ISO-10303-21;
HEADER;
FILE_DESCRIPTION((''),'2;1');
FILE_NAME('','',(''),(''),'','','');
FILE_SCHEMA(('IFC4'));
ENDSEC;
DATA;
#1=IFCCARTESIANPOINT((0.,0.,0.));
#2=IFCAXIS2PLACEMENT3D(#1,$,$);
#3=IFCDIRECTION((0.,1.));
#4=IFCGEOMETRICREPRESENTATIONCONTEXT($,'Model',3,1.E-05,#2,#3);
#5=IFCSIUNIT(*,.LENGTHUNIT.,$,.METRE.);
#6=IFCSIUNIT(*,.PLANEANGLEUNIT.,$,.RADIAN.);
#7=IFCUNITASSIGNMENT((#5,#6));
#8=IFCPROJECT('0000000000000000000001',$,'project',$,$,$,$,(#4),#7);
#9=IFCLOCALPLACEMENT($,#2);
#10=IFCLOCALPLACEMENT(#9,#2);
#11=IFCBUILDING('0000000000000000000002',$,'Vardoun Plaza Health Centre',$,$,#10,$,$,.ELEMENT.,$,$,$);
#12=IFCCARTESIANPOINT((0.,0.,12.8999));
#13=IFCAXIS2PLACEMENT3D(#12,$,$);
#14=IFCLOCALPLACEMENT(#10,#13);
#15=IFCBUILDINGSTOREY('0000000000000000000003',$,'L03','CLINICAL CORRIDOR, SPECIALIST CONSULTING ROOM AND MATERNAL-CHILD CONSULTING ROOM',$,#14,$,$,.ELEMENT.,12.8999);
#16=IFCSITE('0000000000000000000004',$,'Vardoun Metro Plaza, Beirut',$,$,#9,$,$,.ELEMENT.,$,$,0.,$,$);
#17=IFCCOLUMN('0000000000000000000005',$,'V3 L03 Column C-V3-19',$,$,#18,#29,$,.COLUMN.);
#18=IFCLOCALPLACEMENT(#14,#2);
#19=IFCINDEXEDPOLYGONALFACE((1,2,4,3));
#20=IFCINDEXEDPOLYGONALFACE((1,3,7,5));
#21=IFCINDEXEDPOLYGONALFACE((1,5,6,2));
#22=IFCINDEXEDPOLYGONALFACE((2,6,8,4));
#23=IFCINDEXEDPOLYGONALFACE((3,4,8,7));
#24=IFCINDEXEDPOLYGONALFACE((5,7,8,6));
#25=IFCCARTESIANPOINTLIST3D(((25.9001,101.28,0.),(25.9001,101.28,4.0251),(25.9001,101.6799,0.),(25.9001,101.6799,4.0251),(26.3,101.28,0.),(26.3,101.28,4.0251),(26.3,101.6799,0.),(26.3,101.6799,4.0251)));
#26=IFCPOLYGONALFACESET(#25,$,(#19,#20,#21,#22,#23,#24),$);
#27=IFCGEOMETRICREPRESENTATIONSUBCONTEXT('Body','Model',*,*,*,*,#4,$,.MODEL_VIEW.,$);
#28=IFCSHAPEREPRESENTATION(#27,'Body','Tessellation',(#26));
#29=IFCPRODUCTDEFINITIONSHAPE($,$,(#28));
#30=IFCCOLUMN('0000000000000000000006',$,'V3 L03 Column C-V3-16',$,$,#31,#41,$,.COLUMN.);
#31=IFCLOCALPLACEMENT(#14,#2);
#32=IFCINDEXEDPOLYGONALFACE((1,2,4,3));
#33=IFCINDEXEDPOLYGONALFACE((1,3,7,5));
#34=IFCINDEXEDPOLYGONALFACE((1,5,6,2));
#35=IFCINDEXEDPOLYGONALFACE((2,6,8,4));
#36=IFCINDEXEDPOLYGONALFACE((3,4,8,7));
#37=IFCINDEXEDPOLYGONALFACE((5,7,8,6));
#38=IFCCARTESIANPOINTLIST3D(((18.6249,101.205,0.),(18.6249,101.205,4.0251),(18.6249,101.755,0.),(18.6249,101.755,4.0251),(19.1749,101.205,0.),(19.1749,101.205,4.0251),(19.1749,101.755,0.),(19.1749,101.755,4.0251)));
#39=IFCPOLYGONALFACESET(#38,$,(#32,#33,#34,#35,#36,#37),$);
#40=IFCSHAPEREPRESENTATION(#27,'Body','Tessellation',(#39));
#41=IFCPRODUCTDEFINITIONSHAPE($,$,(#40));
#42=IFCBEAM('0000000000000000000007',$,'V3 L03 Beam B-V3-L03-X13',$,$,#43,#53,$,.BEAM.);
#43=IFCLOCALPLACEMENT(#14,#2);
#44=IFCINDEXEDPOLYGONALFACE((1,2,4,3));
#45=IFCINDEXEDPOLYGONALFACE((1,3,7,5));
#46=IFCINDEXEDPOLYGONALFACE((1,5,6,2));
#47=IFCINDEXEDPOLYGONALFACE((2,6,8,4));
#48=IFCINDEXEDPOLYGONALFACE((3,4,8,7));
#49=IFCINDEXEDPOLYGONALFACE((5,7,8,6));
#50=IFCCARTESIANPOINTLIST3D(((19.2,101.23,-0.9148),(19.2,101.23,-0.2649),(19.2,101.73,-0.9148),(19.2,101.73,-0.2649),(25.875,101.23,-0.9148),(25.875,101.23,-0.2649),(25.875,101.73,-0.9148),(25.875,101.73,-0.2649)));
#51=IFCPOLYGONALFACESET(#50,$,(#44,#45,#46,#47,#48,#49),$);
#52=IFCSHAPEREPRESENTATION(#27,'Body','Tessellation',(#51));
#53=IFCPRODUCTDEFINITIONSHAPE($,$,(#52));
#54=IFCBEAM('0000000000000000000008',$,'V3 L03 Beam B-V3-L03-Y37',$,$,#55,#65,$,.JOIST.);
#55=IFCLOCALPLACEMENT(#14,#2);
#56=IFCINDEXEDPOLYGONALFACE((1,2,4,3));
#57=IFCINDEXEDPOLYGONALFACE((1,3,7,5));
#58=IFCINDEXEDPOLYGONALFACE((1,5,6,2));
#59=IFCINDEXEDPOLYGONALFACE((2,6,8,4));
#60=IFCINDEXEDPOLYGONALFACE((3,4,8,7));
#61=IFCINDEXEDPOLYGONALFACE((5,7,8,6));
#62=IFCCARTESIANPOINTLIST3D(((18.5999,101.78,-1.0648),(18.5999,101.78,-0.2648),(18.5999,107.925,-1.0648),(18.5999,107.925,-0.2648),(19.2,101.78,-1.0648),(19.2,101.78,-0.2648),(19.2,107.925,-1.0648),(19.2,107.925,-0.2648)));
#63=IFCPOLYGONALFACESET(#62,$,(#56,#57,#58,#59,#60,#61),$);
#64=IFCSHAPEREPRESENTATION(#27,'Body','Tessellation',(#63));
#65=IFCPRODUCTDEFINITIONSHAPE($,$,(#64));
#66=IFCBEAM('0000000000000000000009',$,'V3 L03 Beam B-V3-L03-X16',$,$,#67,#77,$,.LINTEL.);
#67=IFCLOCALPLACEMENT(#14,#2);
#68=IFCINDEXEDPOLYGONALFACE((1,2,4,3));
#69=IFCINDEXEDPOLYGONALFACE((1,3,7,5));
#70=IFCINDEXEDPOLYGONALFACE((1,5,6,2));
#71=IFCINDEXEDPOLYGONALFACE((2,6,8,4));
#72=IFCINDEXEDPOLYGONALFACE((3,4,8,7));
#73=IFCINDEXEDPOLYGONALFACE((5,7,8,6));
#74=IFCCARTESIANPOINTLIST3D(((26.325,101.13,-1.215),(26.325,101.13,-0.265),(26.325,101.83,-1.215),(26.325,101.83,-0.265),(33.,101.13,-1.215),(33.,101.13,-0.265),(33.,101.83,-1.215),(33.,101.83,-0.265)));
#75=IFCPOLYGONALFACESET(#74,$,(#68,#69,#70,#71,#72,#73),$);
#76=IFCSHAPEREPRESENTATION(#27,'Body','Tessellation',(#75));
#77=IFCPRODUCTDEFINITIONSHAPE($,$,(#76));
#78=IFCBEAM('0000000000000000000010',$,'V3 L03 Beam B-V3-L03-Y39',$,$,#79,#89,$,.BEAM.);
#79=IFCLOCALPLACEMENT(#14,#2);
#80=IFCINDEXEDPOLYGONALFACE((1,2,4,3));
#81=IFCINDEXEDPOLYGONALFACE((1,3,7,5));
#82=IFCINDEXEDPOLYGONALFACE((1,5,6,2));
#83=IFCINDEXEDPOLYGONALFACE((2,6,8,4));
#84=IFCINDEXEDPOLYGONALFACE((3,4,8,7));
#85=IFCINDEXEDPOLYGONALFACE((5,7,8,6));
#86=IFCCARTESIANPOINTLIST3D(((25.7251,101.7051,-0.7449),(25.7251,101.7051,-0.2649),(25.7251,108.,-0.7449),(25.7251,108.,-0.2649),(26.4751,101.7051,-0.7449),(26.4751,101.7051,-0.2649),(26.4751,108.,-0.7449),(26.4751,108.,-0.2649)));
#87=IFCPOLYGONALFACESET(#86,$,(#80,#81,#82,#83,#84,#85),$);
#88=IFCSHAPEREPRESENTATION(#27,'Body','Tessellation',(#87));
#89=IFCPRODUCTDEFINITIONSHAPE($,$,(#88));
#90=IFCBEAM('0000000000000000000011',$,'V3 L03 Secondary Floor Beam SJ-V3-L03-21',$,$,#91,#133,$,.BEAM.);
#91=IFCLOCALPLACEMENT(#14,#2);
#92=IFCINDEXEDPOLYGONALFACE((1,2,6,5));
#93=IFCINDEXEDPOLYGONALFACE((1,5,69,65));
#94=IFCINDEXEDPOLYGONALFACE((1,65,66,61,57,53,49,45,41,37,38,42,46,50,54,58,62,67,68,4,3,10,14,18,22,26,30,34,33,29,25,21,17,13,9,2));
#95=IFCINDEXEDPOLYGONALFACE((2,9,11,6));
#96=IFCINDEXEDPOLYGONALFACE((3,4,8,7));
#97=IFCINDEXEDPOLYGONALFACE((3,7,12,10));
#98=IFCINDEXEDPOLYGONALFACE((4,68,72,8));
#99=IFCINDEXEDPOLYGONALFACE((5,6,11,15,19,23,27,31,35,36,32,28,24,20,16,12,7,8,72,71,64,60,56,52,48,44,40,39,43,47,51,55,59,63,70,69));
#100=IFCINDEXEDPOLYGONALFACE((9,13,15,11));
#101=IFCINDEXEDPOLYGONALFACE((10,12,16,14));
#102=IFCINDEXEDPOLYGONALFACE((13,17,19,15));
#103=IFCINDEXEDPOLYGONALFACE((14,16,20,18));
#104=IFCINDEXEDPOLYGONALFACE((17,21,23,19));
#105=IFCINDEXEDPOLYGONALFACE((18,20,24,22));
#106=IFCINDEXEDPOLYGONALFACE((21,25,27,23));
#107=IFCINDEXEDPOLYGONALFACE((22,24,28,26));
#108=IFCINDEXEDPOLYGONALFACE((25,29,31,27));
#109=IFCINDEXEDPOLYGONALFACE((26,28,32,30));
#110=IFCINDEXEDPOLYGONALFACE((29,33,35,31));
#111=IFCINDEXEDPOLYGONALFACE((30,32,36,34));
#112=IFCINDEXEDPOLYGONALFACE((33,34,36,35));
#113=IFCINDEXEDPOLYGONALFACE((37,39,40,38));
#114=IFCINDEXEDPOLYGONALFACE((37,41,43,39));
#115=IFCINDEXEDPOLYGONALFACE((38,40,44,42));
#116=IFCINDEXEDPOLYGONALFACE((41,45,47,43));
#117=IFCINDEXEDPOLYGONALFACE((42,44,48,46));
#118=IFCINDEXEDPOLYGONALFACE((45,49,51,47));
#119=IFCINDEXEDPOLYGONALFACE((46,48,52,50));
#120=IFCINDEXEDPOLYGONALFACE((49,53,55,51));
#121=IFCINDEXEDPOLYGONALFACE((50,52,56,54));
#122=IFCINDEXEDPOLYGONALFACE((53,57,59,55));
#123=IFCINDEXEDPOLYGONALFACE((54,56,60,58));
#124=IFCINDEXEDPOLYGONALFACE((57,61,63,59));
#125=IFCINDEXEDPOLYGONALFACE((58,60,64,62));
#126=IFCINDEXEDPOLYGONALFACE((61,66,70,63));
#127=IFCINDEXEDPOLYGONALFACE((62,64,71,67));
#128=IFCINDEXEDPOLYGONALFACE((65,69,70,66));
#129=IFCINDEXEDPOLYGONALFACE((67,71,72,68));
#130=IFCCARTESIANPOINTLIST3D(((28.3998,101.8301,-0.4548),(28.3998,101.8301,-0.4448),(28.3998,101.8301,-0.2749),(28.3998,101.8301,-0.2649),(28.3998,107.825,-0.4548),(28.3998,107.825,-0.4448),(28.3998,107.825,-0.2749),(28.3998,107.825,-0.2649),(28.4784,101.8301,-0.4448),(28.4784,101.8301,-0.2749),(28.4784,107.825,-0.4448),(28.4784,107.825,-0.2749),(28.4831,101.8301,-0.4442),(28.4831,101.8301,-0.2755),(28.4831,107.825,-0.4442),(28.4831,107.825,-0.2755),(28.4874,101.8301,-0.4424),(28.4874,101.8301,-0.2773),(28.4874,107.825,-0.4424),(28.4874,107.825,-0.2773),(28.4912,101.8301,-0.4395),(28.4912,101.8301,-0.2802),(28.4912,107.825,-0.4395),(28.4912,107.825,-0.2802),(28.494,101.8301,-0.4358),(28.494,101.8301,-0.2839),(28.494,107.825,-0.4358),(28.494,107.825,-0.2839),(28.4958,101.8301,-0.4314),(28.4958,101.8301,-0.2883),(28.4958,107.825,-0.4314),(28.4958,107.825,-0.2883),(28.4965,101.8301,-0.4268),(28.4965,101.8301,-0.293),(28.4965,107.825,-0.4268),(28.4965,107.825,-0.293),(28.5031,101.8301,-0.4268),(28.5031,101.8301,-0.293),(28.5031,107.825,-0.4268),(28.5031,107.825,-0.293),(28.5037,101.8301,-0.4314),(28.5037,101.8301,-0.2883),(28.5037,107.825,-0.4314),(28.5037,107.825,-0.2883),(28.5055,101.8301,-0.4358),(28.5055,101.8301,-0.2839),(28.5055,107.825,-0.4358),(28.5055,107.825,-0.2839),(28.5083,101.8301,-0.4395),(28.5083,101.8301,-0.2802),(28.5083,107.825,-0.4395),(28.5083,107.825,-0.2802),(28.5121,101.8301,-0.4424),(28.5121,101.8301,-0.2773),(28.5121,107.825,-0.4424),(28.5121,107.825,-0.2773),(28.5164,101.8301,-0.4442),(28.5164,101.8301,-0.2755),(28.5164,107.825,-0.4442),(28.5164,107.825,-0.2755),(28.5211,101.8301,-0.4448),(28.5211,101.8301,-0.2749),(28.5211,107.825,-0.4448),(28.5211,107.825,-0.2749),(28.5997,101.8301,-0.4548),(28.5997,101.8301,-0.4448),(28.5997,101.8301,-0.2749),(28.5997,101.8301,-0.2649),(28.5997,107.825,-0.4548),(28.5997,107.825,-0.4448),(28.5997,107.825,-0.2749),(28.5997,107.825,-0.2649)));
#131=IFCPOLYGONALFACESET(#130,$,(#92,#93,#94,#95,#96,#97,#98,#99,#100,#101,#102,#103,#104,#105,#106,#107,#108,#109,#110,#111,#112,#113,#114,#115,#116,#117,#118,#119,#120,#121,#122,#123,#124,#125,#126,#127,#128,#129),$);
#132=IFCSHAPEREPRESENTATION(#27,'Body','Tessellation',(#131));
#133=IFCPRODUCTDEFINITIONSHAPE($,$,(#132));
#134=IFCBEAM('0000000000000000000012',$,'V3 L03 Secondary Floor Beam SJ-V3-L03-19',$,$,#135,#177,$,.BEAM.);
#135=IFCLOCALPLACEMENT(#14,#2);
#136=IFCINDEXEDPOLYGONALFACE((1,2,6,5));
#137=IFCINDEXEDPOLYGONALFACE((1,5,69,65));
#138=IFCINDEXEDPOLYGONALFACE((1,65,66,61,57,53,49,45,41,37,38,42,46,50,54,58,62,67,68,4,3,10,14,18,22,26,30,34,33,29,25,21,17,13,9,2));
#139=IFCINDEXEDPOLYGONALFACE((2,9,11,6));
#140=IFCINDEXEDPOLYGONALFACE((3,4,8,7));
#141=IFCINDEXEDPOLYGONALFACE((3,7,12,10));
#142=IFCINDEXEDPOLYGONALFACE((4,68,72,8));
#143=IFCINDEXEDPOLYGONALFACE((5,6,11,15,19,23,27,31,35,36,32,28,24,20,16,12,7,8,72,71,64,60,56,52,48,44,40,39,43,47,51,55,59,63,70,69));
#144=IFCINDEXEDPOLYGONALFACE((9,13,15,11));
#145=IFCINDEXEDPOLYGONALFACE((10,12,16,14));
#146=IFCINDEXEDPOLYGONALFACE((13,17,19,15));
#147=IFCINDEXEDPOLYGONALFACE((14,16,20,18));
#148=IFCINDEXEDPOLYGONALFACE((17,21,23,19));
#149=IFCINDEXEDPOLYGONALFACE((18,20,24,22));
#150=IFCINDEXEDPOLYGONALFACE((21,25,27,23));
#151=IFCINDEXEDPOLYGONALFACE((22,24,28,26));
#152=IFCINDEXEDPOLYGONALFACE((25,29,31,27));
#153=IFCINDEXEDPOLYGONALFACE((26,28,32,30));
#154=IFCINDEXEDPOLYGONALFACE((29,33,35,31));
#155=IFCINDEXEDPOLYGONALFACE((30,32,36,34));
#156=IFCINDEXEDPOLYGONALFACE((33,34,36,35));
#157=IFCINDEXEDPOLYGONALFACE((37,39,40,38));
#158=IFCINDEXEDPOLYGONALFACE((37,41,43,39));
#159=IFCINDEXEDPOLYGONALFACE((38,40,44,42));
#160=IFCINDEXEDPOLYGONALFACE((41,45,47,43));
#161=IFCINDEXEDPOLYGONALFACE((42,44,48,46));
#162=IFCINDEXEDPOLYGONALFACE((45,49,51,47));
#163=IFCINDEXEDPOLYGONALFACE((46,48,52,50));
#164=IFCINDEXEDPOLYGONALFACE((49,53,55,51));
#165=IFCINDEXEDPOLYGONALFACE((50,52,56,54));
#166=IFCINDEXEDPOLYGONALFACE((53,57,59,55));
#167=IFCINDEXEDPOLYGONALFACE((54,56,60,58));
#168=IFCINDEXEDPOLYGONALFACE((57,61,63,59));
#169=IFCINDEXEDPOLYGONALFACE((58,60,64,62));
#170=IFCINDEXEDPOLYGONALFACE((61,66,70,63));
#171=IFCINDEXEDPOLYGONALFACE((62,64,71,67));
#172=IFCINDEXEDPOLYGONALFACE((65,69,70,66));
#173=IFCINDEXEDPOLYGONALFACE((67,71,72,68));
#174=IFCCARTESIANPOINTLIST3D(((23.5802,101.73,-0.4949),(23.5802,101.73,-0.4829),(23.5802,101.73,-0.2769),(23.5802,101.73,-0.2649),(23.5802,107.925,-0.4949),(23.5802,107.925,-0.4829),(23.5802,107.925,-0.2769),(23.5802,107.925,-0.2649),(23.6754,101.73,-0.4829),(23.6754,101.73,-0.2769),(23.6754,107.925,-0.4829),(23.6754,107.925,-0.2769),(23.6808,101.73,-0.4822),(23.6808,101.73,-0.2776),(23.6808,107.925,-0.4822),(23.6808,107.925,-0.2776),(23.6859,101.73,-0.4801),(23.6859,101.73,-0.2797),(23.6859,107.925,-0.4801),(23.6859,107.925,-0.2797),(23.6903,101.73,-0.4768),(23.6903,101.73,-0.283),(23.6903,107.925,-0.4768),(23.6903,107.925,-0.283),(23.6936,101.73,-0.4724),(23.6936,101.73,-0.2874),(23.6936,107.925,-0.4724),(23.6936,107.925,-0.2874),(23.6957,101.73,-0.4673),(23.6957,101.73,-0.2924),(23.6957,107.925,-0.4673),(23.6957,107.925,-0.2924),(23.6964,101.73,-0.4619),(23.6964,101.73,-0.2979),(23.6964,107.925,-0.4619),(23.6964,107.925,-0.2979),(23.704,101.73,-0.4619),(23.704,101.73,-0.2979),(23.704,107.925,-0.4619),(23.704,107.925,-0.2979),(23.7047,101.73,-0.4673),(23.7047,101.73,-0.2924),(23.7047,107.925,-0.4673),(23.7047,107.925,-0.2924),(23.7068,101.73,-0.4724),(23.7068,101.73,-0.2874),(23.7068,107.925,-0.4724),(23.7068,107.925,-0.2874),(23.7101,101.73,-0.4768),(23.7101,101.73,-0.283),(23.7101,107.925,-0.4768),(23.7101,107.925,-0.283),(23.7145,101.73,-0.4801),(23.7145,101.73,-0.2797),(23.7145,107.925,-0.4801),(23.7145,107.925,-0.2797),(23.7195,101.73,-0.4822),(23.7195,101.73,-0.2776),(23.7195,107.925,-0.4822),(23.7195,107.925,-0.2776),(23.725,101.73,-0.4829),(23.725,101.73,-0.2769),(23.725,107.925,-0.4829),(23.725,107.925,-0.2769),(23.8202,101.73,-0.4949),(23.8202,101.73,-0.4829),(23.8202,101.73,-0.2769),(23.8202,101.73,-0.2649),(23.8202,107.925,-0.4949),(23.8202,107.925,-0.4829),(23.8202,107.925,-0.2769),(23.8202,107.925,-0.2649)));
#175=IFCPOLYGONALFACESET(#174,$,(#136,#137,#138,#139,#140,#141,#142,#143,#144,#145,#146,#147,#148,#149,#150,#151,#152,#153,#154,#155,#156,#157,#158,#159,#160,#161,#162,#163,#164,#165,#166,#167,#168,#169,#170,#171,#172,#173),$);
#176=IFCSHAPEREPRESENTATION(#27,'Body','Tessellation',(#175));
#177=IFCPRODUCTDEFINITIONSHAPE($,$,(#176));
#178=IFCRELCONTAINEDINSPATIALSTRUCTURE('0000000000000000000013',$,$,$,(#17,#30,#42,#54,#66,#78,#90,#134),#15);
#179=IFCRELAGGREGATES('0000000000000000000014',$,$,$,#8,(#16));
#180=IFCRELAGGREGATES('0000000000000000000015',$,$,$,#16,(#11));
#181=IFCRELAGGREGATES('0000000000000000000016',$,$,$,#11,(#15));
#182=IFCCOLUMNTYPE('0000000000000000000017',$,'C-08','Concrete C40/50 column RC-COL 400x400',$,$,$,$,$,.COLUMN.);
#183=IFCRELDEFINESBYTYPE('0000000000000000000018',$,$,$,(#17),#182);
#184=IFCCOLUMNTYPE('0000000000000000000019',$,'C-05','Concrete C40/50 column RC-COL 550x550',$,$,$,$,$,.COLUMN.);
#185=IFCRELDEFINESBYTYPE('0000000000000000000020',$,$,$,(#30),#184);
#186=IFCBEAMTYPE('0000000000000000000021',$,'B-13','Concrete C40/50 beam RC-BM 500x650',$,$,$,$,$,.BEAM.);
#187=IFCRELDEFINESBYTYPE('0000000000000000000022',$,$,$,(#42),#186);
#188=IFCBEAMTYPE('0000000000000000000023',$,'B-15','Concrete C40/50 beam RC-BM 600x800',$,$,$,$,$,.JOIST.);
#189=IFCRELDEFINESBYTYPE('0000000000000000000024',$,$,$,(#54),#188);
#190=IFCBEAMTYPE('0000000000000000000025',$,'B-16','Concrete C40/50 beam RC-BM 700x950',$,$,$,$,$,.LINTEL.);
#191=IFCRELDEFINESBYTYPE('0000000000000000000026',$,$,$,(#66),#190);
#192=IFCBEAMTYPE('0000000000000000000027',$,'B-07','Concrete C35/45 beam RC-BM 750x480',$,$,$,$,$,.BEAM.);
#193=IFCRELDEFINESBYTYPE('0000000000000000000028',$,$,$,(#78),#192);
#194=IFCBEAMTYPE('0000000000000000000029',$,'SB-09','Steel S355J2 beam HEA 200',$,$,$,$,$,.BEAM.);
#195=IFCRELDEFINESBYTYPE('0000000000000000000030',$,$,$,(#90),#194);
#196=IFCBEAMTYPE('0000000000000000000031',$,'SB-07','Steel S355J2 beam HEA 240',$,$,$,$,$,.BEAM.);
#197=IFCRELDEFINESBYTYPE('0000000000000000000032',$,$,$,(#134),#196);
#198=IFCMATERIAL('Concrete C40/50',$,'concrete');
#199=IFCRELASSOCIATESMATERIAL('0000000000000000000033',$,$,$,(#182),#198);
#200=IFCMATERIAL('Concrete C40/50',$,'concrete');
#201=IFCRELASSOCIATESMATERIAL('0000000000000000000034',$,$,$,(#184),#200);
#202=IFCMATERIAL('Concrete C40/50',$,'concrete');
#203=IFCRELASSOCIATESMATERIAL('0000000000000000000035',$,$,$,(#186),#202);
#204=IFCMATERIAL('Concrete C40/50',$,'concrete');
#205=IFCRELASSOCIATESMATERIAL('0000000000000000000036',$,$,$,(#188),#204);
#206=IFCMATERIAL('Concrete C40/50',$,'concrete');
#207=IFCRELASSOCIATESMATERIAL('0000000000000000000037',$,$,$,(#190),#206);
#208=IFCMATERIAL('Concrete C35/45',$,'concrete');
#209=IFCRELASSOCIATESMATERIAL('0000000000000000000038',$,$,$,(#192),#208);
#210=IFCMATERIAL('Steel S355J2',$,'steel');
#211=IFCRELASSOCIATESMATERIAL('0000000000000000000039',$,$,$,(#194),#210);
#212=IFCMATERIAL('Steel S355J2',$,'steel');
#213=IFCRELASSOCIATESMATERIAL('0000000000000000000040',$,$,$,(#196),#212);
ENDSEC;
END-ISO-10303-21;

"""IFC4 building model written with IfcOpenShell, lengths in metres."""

from ifc_helpers import new_model, si_unit, direction, frame, origin, origin_2d, place, context, subcontext, project, spatial, rectangle, i_section, extrude, material, material_profile, profile_set, type_object, element, save


model = new_model("IFC4")

# Units and contexts
model_context = context("Model", 3, precision=1e-05, world=origin(), true_north=direction((0.0, 1.0)))
body_context = subcontext(model_context, "Body", "Model", "MODEL_VIEW")
ifc_project = project(units=[si_unit("LENGTHUNIT", "METRE"), si_unit("PLANEANGLEUNIT", "RADIAN")], contexts=[model_context])

# Site, building, storey
site_placement = place(None, origin())
site = spatial("IfcSite", under=ifc_project, at=site_placement, Name="Vardoun Metro Plaza, Beirut", CompositionType="ELEMENT", RefElevation=0.0)
building_placement = place(site_placement, origin())
building = spatial("IfcBuilding", under=site, at=building_placement, Name="Vardoun Plaza Health Centre", CompositionType="ELEMENT")
storey_placement = place(building_placement, frame((0.0, 0.0, 12.8999)))
storey = spatial("IfcBuildingStorey", under=building, at=storey_placement, Name="L03", Description="CLINICAL CORRIDOR, SPECIALIST CONSULTING ROOM AND MATERNAL-CHILD CONSULTING ROOM", CompositionType="ELEMENT", Elevation=12.8999)

# Columns
ifc_material_1 = material(Name="Concrete C40/50", Category="concrete")
ifc_material_profile_1 = material_profile(ifc_material_1, rectangle(XDim=0.3999, YDim=0.3999, at=origin_2d()), Name="RC-COL 400x400")
ifc_profile_set_1 = profile_set([ifc_material_profile_1], Name="Concrete C40/50")
column_type_1 = type_object("IfcColumnType", Name="C-08", Description="Concrete C40/50 column RC-COL 400x400", PredefinedType="COLUMN", material=ifc_profile_set_1)
column_1_placement = place(storey_placement, frame((26.1001, 101.48, 0.0), z_axis=(0.0, 0.0, 1.0), x_axis=(1.0, 0.0, 0.0)))
element("IfcColumn", 1, at=column_1_placement, inside=storey, type_object=column_type_1, Name="V3 L03 Column C-V3-19", PredefinedType="COLUMN", context=body_context, shape_type="SweptSolid", body=[
    extrude(rectangle(XDim=0.3999, YDim=0.3999, at=origin_2d()), origin(), (0.0, 0.0, 1.0), 4.0251),
])
ifc_material_2 = material(Name="Concrete C40/50", Category="concrete")
ifc_material_profile_2 = material_profile(ifc_material_2, rectangle(XDim=0.55, YDim=0.55, at=origin_2d()), Name="RC-COL 550x550")
ifc_profile_set_2 = profile_set([ifc_material_profile_2], Name="Concrete C40/50")
column_type_2 = type_object("IfcColumnType", Name="C-05", Description="Concrete C40/50 column RC-COL 550x550", PredefinedType="COLUMN", material=ifc_profile_set_2)
column_2_placement = place(storey_placement, frame((18.8999, 101.48, 0.0), z_axis=(0.0, 0.0, 1.0), x_axis=(1.0, 0.0, 0.0)))
element("IfcColumn", 2, at=column_2_placement, inside=storey, type_object=column_type_2, Name="V3 L03 Column C-V3-16", PredefinedType="COLUMN", context=body_context, shape_type="SweptSolid", body=[
    extrude(rectangle(XDim=0.55, YDim=0.55, at=origin_2d()), origin(), (0.0, 0.0, 1.0), 4.0251),
])

# Beams
ifc_material_3 = material(Name="Concrete C40/50", Category="concrete")
ifc_material_profile_3 = material_profile(ifc_material_3, rectangle(XDim=0.5, YDim=0.6499, at=origin_2d()), Name="RC-BM 500x650")
ifc_profile_set_3 = profile_set([ifc_material_profile_3], Name="Concrete C40/50")
beam_type_1 = type_object("IfcBeamType", Name="B-13", Description="Concrete C40/50 beam RC-BM 500x650", PredefinedType="BEAM", material=ifc_profile_set_3)
beam_1_placement = place(storey_placement, frame((19.2, 101.48, -0.5898), z_axis=(1.0, 0.0, 0.0), x_axis=(0.0, 1.0, 0.0)))
element("IfcBeam", 3, at=beam_1_placement, inside=storey, type_object=beam_type_1, Name="V3 L03 Beam B-V3-L03-X13", PredefinedType="BEAM", context=body_context, shape_type="SweptSolid", body=[
    extrude(rectangle(XDim=0.5, YDim=0.6499, at=origin_2d()), origin(), (0.0, 0.0, 1.0), 6.675),
])
ifc_material_4 = material(Name="Concrete C40/50", Category="concrete")
ifc_material_profile_4 = material_profile(ifc_material_4, rectangle(XDim=0.6001, YDim=0.8, at=origin_2d()), Name="RC-BM 600x800")
ifc_profile_set_4 = profile_set([ifc_material_profile_4], Name="Concrete C40/50")
beam_type_2 = type_object("IfcBeamType", Name="B-15", Description="Concrete C40/50 beam RC-BM 600x800", PredefinedType="JOIST", material=ifc_profile_set_4)
beam_2_placement = place(storey_placement, frame((18.8999, 101.78, -0.6648), z_axis=(0.0, 1.0, 0.0), x_axis=(-1.0, 0.0, 0.0)))
element("IfcBeam", 4, at=beam_2_placement, inside=storey, type_object=beam_type_2, Name="V3 L03 Beam B-V3-L03-Y37", PredefinedType="JOIST", context=body_context, shape_type="SweptSolid", body=[
    extrude(rectangle(XDim=0.6001, YDim=0.8, at=origin_2d()), origin(), (0.0, 0.0, 1.0), 6.145),
])
ifc_material_5 = material(Name="Concrete C40/50", Category="concrete")
ifc_material_profile_5 = material_profile(ifc_material_5, rectangle(XDim=0.7, YDim=0.95, at=origin_2d()), Name="RC-BM 700x950")
ifc_profile_set_5 = profile_set([ifc_material_profile_5], Name="Concrete C40/50")
beam_type_3 = type_object("IfcBeamType", Name="B-16", Description="Concrete C40/50 beam RC-BM 700x950", PredefinedType="LINTEL", material=ifc_profile_set_5)
beam_3_placement = place(storey_placement, frame((26.325, 101.48, -0.74), z_axis=(1.0, 0.0, 0.0), x_axis=(0.0, 1.0, 0.0)))
element("IfcBeam", 5, at=beam_3_placement, inside=storey, type_object=beam_type_3, Name="V3 L03 Beam B-V3-L03-X16", PredefinedType="LINTEL", context=body_context, shape_type="SweptSolid", body=[
    extrude(rectangle(XDim=0.7, YDim=0.95, at=origin_2d()), origin(), (0.0, 0.0, 1.0), 6.675),
])
ifc_material_6 = material(Name="Concrete C35/45", Category="concrete")
ifc_material_profile_6 = material_profile(ifc_material_6, rectangle(XDim=0.75, YDim=0.48, at=origin_2d()), Name="RC-BM 750x480")
ifc_profile_set_6 = profile_set([ifc_material_profile_6], Name="Concrete C35/45")
beam_type_4 = type_object("IfcBeamType", Name="B-07", Description="Concrete C35/45 beam RC-BM 750x480", PredefinedType="BEAM", material=ifc_profile_set_6)
beam_4_placement = place(storey_placement, frame((26.1001, 101.7051, -0.5049), z_axis=(0.0, 1.0, 0.0), x_axis=(-1.0, 0.0, 0.0)))
element("IfcBeam", 6, at=beam_4_placement, inside=storey, type_object=beam_type_4, Name="V3 L03 Beam B-V3-L03-Y39", PredefinedType="BEAM", context=body_context, shape_type="SweptSolid", body=[
    extrude(rectangle(XDim=0.75, YDim=0.48, at=origin_2d()), origin(), (0.0, 0.0, 1.0), 6.2949),
])
ifc_material_7 = material(Name="Steel S355J2", Category="steel")
ifc_material_profile_7 = material_profile(ifc_material_7, i_section(OverallWidth=0.2, OverallDepth=0.1899, WebThickness=0.0066, FlangeThickness=0.01, FilletRadius=0.0181, at=origin_2d()), Name="HEA 200")
ifc_profile_set_7 = profile_set([ifc_material_profile_7], Name="Steel S355J2")
beam_type_5 = type_object("IfcBeamType", Name="SB-09", Description="Steel S355J2 beam HEA 200", PredefinedType="BEAM", material=ifc_profile_set_7)
beam_5_placement = place(storey_placement, frame((28.4998, 101.8301, -0.3599), z_axis=(0.0, 1.0, 0.0), x_axis=(-1.0, 0.0, 0.0)))
element("IfcBeam", 7, at=beam_5_placement, inside=storey, type_object=beam_type_5, Name="V3 L03 Secondary Floor Beam SJ-V3-L03-21", PredefinedType="BEAM", context=body_context, shape_type="SweptSolid", body=[
    extrude(i_section(OverallWidth=0.2, OverallDepth=0.1899, WebThickness=0.0066, FlangeThickness=0.01, FilletRadius=0.0181, at=origin_2d()), origin(), (0.0, 0.0, 1.0), 5.9949),
])
ifc_material_8 = material(Name="Steel S355J2", Category="steel")
ifc_material_profile_8 = material_profile(ifc_material_8, i_section(OverallWidth=0.24, OverallDepth=0.23, WebThickness=0.0076, FlangeThickness=0.012, FilletRadius=0.021, at=origin_2d()), Name="HEA 240")
ifc_profile_set_8 = profile_set([ifc_material_profile_8], Name="Steel S355J2")
beam_type_6 = type_object("IfcBeamType", Name="SB-07", Description="Steel S355J2 beam HEA 240", PredefinedType="BEAM", material=ifc_profile_set_8)
beam_6_placement = place(storey_placement, frame((23.7002, 101.73, -0.3799), z_axis=(0.0, 1.0, 0.0), x_axis=(-1.0, 0.0, 0.0)))
element("IfcBeam", 8, at=beam_6_placement, inside=storey, type_object=beam_type_6, Name="V3 L03 Secondary Floor Beam SJ-V3-L03-19", PredefinedType="BEAM", context=body_context, shape_type="SweptSolid", body=[
    extrude(i_section(OverallWidth=0.24, OverallDepth=0.23, WebThickness=0.0076, FlangeThickness=0.012, FilletRadius=0.021, at=origin_2d()), origin(), (0.0, 0.0, 1.0), 6.1951),
])

save(model, "model.ifc")
